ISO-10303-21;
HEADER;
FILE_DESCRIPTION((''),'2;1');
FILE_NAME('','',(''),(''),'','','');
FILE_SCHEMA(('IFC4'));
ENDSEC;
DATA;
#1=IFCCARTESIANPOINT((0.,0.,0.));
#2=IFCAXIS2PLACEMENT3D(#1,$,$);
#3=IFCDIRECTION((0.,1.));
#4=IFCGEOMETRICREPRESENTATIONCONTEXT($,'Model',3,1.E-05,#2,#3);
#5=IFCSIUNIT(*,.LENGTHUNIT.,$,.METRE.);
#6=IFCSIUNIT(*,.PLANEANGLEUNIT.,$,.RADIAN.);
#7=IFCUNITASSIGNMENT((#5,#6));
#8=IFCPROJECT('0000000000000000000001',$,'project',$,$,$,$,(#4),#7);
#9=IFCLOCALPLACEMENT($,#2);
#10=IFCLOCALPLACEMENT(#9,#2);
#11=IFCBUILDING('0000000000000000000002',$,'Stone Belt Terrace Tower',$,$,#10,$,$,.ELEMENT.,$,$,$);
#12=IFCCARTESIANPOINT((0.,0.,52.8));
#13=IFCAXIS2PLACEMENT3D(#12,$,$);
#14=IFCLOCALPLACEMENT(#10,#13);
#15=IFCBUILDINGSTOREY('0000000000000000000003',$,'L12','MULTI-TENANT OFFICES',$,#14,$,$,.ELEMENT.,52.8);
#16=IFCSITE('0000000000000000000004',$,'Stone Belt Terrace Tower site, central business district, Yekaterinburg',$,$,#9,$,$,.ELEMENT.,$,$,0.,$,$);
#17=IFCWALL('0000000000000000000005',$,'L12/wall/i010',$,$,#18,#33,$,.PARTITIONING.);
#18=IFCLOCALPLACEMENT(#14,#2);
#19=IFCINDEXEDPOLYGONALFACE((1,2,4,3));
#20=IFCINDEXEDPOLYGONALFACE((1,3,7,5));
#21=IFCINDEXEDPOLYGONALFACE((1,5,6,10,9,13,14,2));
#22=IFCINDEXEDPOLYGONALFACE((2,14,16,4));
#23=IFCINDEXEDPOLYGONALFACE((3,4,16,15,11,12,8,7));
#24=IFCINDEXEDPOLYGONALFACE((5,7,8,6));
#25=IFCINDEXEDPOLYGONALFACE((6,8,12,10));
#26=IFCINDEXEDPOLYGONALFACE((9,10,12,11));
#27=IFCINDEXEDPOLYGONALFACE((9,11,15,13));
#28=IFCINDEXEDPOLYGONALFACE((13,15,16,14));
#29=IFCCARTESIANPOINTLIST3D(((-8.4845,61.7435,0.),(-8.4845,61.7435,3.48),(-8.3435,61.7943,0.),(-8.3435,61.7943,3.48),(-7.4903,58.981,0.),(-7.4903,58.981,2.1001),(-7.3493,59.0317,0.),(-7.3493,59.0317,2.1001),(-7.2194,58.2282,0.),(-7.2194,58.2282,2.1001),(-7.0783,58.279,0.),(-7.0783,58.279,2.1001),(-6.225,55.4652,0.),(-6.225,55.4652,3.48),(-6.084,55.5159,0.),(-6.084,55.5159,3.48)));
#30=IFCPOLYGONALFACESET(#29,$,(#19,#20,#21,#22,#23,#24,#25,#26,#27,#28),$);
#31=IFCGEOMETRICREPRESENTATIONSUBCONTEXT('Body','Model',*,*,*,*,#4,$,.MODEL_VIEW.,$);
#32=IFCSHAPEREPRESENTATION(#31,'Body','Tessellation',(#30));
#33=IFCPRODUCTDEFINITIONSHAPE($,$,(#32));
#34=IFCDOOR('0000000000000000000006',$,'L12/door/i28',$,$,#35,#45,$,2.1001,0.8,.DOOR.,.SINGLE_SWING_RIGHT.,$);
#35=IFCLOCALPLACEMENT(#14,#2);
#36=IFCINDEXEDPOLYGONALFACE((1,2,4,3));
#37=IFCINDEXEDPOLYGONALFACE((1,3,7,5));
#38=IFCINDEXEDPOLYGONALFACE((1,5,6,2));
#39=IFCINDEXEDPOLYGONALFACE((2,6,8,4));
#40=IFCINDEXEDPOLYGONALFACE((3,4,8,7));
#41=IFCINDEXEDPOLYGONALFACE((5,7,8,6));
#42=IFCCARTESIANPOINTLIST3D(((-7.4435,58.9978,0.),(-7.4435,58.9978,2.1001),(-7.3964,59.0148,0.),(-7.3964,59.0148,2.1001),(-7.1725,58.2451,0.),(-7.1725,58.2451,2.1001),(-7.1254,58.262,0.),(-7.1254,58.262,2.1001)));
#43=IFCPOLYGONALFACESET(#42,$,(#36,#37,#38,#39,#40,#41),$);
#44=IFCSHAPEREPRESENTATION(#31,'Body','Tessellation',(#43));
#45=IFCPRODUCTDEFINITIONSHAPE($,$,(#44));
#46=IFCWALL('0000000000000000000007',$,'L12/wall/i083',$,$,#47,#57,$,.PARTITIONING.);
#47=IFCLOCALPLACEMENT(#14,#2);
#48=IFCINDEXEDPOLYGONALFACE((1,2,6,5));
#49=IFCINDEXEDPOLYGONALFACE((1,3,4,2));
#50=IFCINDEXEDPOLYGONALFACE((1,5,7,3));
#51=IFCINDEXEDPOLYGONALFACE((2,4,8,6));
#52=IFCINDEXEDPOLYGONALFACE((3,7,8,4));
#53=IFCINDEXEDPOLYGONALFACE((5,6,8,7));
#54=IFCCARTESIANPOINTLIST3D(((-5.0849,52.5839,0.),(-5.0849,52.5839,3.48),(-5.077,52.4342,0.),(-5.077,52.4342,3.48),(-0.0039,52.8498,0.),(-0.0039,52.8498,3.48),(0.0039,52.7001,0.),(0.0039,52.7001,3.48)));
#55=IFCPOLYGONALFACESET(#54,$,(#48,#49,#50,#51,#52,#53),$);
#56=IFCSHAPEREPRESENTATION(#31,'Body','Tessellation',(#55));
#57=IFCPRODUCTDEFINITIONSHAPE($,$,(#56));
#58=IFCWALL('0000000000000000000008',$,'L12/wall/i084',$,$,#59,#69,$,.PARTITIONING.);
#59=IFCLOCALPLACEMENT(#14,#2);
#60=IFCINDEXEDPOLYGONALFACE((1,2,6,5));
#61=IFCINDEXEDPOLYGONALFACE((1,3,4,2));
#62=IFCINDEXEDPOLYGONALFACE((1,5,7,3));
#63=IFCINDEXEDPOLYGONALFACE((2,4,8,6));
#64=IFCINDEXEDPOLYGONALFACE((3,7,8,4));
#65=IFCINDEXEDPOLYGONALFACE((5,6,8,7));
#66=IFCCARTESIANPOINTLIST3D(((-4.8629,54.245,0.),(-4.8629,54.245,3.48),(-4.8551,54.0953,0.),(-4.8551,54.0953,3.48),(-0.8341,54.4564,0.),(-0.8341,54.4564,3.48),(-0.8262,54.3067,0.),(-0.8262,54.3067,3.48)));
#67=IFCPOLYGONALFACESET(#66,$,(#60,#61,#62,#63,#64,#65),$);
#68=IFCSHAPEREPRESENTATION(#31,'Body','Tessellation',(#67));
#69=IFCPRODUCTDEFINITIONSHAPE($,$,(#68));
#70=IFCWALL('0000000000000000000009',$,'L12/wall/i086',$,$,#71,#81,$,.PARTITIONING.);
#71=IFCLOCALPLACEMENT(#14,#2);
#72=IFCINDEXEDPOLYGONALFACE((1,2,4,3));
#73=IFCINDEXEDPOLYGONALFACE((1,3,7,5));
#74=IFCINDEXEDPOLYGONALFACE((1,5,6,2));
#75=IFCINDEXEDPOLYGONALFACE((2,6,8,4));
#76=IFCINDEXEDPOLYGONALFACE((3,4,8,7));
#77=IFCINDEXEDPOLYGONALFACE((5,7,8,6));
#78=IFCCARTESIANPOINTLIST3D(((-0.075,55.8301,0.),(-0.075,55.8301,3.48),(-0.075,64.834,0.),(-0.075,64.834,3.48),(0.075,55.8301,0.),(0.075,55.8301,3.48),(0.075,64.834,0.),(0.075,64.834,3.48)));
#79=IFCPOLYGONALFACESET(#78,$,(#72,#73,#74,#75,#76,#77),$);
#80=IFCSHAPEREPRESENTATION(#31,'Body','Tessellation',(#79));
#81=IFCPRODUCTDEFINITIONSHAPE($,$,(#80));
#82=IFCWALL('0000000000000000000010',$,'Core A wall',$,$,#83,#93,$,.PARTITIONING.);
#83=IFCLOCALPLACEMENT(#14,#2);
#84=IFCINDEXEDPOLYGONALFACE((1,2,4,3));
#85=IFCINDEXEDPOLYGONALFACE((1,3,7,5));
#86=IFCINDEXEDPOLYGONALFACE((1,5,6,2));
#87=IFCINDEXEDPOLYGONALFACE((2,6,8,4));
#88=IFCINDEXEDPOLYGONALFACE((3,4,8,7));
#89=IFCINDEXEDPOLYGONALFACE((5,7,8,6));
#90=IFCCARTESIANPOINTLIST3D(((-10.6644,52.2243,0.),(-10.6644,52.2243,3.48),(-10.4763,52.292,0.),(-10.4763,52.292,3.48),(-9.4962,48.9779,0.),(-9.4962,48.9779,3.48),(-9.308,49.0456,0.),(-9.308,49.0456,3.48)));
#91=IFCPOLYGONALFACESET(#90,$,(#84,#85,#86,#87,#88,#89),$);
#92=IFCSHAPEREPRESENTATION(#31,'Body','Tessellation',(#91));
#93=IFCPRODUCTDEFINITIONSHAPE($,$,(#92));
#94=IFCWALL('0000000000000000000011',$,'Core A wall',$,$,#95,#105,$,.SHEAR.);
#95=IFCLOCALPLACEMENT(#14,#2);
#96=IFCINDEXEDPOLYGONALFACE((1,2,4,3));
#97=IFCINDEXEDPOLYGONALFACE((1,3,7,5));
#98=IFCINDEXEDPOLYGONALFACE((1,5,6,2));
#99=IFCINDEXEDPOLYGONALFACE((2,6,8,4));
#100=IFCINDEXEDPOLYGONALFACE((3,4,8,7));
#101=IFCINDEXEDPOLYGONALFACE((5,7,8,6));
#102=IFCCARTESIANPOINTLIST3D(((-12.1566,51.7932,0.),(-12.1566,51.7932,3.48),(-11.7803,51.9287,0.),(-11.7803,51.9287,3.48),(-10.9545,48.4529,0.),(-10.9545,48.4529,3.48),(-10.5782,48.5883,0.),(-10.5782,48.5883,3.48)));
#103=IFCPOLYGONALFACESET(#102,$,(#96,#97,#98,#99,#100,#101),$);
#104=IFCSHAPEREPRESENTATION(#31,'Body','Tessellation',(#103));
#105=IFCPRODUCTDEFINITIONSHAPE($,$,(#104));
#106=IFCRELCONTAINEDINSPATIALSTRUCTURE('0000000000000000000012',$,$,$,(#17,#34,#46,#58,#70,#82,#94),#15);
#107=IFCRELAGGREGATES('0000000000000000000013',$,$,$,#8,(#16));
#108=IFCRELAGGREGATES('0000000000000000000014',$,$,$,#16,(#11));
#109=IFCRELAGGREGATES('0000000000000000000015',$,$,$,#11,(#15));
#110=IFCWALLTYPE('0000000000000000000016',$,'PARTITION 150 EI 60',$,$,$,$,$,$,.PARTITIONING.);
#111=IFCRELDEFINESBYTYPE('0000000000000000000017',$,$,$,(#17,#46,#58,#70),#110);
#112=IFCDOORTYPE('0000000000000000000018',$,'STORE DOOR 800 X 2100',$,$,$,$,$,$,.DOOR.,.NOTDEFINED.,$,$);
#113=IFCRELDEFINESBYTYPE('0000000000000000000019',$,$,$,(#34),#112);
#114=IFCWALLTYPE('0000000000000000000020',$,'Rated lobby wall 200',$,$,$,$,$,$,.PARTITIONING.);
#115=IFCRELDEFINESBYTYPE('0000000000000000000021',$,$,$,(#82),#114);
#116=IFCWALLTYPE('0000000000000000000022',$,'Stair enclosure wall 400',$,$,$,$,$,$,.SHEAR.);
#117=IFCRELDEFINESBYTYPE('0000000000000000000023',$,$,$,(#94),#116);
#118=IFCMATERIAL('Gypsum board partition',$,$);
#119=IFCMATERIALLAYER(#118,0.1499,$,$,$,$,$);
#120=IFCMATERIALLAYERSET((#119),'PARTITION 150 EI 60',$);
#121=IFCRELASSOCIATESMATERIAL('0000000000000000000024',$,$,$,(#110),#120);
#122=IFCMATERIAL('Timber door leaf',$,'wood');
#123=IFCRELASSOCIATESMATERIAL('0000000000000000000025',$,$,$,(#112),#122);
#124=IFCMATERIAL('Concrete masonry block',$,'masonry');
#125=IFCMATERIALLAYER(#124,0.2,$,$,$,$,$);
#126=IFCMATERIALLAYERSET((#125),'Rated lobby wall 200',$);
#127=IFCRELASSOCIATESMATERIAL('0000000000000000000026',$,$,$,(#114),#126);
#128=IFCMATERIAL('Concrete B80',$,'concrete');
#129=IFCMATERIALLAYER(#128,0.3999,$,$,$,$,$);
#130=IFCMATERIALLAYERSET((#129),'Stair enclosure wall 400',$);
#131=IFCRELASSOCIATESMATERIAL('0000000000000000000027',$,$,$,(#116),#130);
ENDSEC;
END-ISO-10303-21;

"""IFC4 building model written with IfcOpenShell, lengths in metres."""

from ifc_helpers import new_model, si_unit, direction, frame, frame_2d, origin, place, context, subcontext, project, spatial, rectangle, extrude, material, layer, layer_set, type_object, element, fill, save


model = new_model("IFC4")

# Units and contexts
model_context = context("Model", 3, precision=1e-05, world=origin(), true_north=direction((0.0, 1.0)))
body_context = subcontext(model_context, "Body", "Model", "MODEL_VIEW")
ifc_project = project(units=[si_unit("LENGTHUNIT", "METRE"), si_unit("PLANEANGLEUNIT", "RADIAN")], contexts=[model_context])

# Site, building, storey
site_placement = place(None, origin())
site = spatial("IfcSite", under=ifc_project, at=site_placement, Name="Stone Belt Terrace Tower site, central business district, Yekaterinburg", CompositionType="ELEMENT", RefElevation=0.0)
building_placement = place(site_placement, origin())
building = spatial("IfcBuilding", under=site, at=building_placement, Name="Stone Belt Terrace Tower", CompositionType="ELEMENT")
storey_placement = place(building_placement, frame((0.0, 0.0, 52.8)))
storey = spatial("IfcBuildingStorey", under=building, at=storey_placement, Name="L12", Description="MULTI-TENANT OFFICES", CompositionType="ELEMENT", Elevation=52.8)

# Shared definitions
ifc_material_1 = material(Name="Concrete B80", Category="concrete")

# Shared definitions
ifc_material_2 = material(Name="Timber door leaf", Category="wood")

# Shared definitions
ifc_material_3 = material(Name="Gypsum board partition")
ifc_layer_1 = layer(ifc_material_3, 0.1499)
ifc_layer_set_1 = layer_set([ifc_layer_1], Name="PARTITION 150 EI 60")
wall_type_1 = type_object("IfcWallType", Name="PARTITION 150 EI 60", PredefinedType="PARTITIONING", material=ifc_layer_set_1)

# Wall, opening, door
wall_1_placement = place(storey_placement, frame((-8.4141, 61.769, 0.0), z_axis=(0.0, 0.0, 1.0), x_axis=(0.33863, -0.94092, 0.0)))
wall_1 = element("IfcWall", 1, at=wall_1_placement, inside=storey, type_object=wall_type_1, Name="L12/wall/i010", PredefinedType="PARTITIONING", context=body_context, shape_type="SweptSolid", body=[
    extrude(rectangle(XDim=6.6726, YDim=0.1499, at=frame_2d((3.3364, 0.0))), origin(), (0.0, 0.0, 1.0), 3.48),
])
opening_1_placement = place(wall_1_placement, frame((2.9363, 0.0, 0.0)))
opening_1 = element("IfcOpeningElement", 2, at=opening_1_placement, cuts=wall_1, PredefinedType="OPENING", context=body_context, shape_type="SweptSolid", body=[
    extrude(rectangle(XDim=0.8, YDim=2.1001, at=frame_2d((0.3999, 1.05))), frame((0.0, 0.085, 0.0), z_axis=(0.0, -1.0, 0.0), x_axis=(1.0, 0.0, 0.0)), (0.0, 0.0, 1.0), 0.1699),
])
door_type_1 = type_object("IfcDoorType", Name="STORE DOOR 800 X 2100", OperationType="NOTDEFINED", PredefinedType="DOOR", material=ifc_material_2)
door_1_placement = place(opening_1_placement, origin())
door_1 = element("IfcDoor", 3, at=door_1_placement, inside=storey, type_object=door_type_1, Name="L12/door/i28", OperationType="SINGLE_SWING_RIGHT", OverallHeight=2.1001, OverallWidth=0.8, PredefinedType="DOOR", context=body_context, shape_type="SweptSolid", body=[
    extrude(rectangle(XDim=0.8, YDim=2.1001, at=frame_2d((0.3999, 1.05))), frame((0.0, 0.0249, 0.0), z_axis=(0.0, -1.0, 0.0), x_axis=(1.0, 0.0, 0.0)), (0.0, 0.0, 1.0), 0.05),
])
fill(opening_1, door_1)

# Walls
wall_2_placement = place(storey_placement, frame((0.0, 52.7749, 0.0), z_axis=(0.0, 0.0, 1.0), x_axis=(-0.998634, -0.052254, 0.0)))
element("IfcWall", 4, at=wall_2_placement, inside=storey, type_object=wall_type_1, Name="L12/wall/i083", PredefinedType="PARTITIONING", context=body_context, shape_type="SweptSolid", body=[
    extrude(rectangle(XDim=5.0879, YDim=0.1499, at=frame_2d((2.5439, 0.0))), origin(), (0.0, 0.0, 1.0), 3.48),
])
wall_3_placement = place(storey_placement, frame((-4.8589, 54.1702, 0.0), z_axis=(0.0, 0.0, 1.0), x_axis=(0.998626, 0.052406, 0.0)))
element("IfcWall", 5, at=wall_3_placement, inside=storey, type_object=wall_type_1, Name="L12/wall/i084", PredefinedType="PARTITIONING", context=body_context, shape_type="SweptSolid", body=[
    extrude(rectangle(XDim=4.0344, YDim=0.1499, at=frame_2d((2.0171, 0.0))), origin(), (0.0, 0.0, 1.0), 3.48),
])
wall_4_placement = place(storey_placement, frame((0.0, 64.834, 0.0), z_axis=(0.0, 0.0, 1.0), x_axis=(0.0, -1.0, 0.0)))
element("IfcWall", 6, at=wall_4_placement, inside=storey, type_object=wall_type_1, Name="L12/wall/i086", PredefinedType="PARTITIONING", context=body_context, shape_type="SweptSolid", body=[
    extrude(rectangle(XDim=9.0039, YDim=0.1499, at=frame_2d((4.502, 0.0))), origin(), (0.0, 0.0, 1.0), 3.48),
])
ifc_material_4 = material(Name="Concrete masonry block", Category="masonry")
ifc_layer_2 = layer(ifc_material_4, 0.2)
ifc_layer_set_2 = layer_set([ifc_layer_2], Name="Rated lobby wall 200")
wall_type_2 = type_object("IfcWallType", Name="Rated lobby wall 200", PredefinedType="PARTITIONING", material=ifc_layer_set_2)
wall_5_placement = place(storey_placement, frame((-9.4021, 49.0117, 0.0), z_axis=(0.0, 0.0, 1.0), x_axis=(-0.338599, 0.940931, 0.0)))
element("IfcWall", 7, at=wall_5_placement, inside=storey, type_object=wall_type_2, Name="Core A wall", PredefinedType="PARTITIONING", context=body_context, shape_type="SweptSolid", body=[
    extrude(rectangle(XDim=3.4502, YDim=0.2, at=frame_2d((1.7251, 0.0))), origin(), (0.0, 0.0, 1.0), 3.48),
])
ifc_layer_3 = layer(ifc_material_1, 0.3999)
ifc_layer_set_3 = layer_set([ifc_layer_3], Name="Stair enclosure wall 400")
wall_type_3 = type_object("IfcWallType", Name="Stair enclosure wall 400", PredefinedType="SHEAR", material=ifc_layer_set_3)
wall_6_placement = place(storey_placement, frame((-10.7664, 48.5208, 0.0), z_axis=(0.0, 0.0, 1.0), x_axis=(-0.338627, 0.940921, 0.0)))
element("IfcWall", 8, at=wall_6_placement, inside=storey, type_object=wall_type_3, Name="Core A wall", PredefinedType="SHEAR", context=body_context, shape_type="SweptSolid", body=[
    extrude(rectangle(XDim=3.55, YDim=0.3999, at=frame_2d((1.7749, 0.0))), origin(), (0.0, 0.0, 1.0), 3.48),
])

save(model, "model.ifc")
